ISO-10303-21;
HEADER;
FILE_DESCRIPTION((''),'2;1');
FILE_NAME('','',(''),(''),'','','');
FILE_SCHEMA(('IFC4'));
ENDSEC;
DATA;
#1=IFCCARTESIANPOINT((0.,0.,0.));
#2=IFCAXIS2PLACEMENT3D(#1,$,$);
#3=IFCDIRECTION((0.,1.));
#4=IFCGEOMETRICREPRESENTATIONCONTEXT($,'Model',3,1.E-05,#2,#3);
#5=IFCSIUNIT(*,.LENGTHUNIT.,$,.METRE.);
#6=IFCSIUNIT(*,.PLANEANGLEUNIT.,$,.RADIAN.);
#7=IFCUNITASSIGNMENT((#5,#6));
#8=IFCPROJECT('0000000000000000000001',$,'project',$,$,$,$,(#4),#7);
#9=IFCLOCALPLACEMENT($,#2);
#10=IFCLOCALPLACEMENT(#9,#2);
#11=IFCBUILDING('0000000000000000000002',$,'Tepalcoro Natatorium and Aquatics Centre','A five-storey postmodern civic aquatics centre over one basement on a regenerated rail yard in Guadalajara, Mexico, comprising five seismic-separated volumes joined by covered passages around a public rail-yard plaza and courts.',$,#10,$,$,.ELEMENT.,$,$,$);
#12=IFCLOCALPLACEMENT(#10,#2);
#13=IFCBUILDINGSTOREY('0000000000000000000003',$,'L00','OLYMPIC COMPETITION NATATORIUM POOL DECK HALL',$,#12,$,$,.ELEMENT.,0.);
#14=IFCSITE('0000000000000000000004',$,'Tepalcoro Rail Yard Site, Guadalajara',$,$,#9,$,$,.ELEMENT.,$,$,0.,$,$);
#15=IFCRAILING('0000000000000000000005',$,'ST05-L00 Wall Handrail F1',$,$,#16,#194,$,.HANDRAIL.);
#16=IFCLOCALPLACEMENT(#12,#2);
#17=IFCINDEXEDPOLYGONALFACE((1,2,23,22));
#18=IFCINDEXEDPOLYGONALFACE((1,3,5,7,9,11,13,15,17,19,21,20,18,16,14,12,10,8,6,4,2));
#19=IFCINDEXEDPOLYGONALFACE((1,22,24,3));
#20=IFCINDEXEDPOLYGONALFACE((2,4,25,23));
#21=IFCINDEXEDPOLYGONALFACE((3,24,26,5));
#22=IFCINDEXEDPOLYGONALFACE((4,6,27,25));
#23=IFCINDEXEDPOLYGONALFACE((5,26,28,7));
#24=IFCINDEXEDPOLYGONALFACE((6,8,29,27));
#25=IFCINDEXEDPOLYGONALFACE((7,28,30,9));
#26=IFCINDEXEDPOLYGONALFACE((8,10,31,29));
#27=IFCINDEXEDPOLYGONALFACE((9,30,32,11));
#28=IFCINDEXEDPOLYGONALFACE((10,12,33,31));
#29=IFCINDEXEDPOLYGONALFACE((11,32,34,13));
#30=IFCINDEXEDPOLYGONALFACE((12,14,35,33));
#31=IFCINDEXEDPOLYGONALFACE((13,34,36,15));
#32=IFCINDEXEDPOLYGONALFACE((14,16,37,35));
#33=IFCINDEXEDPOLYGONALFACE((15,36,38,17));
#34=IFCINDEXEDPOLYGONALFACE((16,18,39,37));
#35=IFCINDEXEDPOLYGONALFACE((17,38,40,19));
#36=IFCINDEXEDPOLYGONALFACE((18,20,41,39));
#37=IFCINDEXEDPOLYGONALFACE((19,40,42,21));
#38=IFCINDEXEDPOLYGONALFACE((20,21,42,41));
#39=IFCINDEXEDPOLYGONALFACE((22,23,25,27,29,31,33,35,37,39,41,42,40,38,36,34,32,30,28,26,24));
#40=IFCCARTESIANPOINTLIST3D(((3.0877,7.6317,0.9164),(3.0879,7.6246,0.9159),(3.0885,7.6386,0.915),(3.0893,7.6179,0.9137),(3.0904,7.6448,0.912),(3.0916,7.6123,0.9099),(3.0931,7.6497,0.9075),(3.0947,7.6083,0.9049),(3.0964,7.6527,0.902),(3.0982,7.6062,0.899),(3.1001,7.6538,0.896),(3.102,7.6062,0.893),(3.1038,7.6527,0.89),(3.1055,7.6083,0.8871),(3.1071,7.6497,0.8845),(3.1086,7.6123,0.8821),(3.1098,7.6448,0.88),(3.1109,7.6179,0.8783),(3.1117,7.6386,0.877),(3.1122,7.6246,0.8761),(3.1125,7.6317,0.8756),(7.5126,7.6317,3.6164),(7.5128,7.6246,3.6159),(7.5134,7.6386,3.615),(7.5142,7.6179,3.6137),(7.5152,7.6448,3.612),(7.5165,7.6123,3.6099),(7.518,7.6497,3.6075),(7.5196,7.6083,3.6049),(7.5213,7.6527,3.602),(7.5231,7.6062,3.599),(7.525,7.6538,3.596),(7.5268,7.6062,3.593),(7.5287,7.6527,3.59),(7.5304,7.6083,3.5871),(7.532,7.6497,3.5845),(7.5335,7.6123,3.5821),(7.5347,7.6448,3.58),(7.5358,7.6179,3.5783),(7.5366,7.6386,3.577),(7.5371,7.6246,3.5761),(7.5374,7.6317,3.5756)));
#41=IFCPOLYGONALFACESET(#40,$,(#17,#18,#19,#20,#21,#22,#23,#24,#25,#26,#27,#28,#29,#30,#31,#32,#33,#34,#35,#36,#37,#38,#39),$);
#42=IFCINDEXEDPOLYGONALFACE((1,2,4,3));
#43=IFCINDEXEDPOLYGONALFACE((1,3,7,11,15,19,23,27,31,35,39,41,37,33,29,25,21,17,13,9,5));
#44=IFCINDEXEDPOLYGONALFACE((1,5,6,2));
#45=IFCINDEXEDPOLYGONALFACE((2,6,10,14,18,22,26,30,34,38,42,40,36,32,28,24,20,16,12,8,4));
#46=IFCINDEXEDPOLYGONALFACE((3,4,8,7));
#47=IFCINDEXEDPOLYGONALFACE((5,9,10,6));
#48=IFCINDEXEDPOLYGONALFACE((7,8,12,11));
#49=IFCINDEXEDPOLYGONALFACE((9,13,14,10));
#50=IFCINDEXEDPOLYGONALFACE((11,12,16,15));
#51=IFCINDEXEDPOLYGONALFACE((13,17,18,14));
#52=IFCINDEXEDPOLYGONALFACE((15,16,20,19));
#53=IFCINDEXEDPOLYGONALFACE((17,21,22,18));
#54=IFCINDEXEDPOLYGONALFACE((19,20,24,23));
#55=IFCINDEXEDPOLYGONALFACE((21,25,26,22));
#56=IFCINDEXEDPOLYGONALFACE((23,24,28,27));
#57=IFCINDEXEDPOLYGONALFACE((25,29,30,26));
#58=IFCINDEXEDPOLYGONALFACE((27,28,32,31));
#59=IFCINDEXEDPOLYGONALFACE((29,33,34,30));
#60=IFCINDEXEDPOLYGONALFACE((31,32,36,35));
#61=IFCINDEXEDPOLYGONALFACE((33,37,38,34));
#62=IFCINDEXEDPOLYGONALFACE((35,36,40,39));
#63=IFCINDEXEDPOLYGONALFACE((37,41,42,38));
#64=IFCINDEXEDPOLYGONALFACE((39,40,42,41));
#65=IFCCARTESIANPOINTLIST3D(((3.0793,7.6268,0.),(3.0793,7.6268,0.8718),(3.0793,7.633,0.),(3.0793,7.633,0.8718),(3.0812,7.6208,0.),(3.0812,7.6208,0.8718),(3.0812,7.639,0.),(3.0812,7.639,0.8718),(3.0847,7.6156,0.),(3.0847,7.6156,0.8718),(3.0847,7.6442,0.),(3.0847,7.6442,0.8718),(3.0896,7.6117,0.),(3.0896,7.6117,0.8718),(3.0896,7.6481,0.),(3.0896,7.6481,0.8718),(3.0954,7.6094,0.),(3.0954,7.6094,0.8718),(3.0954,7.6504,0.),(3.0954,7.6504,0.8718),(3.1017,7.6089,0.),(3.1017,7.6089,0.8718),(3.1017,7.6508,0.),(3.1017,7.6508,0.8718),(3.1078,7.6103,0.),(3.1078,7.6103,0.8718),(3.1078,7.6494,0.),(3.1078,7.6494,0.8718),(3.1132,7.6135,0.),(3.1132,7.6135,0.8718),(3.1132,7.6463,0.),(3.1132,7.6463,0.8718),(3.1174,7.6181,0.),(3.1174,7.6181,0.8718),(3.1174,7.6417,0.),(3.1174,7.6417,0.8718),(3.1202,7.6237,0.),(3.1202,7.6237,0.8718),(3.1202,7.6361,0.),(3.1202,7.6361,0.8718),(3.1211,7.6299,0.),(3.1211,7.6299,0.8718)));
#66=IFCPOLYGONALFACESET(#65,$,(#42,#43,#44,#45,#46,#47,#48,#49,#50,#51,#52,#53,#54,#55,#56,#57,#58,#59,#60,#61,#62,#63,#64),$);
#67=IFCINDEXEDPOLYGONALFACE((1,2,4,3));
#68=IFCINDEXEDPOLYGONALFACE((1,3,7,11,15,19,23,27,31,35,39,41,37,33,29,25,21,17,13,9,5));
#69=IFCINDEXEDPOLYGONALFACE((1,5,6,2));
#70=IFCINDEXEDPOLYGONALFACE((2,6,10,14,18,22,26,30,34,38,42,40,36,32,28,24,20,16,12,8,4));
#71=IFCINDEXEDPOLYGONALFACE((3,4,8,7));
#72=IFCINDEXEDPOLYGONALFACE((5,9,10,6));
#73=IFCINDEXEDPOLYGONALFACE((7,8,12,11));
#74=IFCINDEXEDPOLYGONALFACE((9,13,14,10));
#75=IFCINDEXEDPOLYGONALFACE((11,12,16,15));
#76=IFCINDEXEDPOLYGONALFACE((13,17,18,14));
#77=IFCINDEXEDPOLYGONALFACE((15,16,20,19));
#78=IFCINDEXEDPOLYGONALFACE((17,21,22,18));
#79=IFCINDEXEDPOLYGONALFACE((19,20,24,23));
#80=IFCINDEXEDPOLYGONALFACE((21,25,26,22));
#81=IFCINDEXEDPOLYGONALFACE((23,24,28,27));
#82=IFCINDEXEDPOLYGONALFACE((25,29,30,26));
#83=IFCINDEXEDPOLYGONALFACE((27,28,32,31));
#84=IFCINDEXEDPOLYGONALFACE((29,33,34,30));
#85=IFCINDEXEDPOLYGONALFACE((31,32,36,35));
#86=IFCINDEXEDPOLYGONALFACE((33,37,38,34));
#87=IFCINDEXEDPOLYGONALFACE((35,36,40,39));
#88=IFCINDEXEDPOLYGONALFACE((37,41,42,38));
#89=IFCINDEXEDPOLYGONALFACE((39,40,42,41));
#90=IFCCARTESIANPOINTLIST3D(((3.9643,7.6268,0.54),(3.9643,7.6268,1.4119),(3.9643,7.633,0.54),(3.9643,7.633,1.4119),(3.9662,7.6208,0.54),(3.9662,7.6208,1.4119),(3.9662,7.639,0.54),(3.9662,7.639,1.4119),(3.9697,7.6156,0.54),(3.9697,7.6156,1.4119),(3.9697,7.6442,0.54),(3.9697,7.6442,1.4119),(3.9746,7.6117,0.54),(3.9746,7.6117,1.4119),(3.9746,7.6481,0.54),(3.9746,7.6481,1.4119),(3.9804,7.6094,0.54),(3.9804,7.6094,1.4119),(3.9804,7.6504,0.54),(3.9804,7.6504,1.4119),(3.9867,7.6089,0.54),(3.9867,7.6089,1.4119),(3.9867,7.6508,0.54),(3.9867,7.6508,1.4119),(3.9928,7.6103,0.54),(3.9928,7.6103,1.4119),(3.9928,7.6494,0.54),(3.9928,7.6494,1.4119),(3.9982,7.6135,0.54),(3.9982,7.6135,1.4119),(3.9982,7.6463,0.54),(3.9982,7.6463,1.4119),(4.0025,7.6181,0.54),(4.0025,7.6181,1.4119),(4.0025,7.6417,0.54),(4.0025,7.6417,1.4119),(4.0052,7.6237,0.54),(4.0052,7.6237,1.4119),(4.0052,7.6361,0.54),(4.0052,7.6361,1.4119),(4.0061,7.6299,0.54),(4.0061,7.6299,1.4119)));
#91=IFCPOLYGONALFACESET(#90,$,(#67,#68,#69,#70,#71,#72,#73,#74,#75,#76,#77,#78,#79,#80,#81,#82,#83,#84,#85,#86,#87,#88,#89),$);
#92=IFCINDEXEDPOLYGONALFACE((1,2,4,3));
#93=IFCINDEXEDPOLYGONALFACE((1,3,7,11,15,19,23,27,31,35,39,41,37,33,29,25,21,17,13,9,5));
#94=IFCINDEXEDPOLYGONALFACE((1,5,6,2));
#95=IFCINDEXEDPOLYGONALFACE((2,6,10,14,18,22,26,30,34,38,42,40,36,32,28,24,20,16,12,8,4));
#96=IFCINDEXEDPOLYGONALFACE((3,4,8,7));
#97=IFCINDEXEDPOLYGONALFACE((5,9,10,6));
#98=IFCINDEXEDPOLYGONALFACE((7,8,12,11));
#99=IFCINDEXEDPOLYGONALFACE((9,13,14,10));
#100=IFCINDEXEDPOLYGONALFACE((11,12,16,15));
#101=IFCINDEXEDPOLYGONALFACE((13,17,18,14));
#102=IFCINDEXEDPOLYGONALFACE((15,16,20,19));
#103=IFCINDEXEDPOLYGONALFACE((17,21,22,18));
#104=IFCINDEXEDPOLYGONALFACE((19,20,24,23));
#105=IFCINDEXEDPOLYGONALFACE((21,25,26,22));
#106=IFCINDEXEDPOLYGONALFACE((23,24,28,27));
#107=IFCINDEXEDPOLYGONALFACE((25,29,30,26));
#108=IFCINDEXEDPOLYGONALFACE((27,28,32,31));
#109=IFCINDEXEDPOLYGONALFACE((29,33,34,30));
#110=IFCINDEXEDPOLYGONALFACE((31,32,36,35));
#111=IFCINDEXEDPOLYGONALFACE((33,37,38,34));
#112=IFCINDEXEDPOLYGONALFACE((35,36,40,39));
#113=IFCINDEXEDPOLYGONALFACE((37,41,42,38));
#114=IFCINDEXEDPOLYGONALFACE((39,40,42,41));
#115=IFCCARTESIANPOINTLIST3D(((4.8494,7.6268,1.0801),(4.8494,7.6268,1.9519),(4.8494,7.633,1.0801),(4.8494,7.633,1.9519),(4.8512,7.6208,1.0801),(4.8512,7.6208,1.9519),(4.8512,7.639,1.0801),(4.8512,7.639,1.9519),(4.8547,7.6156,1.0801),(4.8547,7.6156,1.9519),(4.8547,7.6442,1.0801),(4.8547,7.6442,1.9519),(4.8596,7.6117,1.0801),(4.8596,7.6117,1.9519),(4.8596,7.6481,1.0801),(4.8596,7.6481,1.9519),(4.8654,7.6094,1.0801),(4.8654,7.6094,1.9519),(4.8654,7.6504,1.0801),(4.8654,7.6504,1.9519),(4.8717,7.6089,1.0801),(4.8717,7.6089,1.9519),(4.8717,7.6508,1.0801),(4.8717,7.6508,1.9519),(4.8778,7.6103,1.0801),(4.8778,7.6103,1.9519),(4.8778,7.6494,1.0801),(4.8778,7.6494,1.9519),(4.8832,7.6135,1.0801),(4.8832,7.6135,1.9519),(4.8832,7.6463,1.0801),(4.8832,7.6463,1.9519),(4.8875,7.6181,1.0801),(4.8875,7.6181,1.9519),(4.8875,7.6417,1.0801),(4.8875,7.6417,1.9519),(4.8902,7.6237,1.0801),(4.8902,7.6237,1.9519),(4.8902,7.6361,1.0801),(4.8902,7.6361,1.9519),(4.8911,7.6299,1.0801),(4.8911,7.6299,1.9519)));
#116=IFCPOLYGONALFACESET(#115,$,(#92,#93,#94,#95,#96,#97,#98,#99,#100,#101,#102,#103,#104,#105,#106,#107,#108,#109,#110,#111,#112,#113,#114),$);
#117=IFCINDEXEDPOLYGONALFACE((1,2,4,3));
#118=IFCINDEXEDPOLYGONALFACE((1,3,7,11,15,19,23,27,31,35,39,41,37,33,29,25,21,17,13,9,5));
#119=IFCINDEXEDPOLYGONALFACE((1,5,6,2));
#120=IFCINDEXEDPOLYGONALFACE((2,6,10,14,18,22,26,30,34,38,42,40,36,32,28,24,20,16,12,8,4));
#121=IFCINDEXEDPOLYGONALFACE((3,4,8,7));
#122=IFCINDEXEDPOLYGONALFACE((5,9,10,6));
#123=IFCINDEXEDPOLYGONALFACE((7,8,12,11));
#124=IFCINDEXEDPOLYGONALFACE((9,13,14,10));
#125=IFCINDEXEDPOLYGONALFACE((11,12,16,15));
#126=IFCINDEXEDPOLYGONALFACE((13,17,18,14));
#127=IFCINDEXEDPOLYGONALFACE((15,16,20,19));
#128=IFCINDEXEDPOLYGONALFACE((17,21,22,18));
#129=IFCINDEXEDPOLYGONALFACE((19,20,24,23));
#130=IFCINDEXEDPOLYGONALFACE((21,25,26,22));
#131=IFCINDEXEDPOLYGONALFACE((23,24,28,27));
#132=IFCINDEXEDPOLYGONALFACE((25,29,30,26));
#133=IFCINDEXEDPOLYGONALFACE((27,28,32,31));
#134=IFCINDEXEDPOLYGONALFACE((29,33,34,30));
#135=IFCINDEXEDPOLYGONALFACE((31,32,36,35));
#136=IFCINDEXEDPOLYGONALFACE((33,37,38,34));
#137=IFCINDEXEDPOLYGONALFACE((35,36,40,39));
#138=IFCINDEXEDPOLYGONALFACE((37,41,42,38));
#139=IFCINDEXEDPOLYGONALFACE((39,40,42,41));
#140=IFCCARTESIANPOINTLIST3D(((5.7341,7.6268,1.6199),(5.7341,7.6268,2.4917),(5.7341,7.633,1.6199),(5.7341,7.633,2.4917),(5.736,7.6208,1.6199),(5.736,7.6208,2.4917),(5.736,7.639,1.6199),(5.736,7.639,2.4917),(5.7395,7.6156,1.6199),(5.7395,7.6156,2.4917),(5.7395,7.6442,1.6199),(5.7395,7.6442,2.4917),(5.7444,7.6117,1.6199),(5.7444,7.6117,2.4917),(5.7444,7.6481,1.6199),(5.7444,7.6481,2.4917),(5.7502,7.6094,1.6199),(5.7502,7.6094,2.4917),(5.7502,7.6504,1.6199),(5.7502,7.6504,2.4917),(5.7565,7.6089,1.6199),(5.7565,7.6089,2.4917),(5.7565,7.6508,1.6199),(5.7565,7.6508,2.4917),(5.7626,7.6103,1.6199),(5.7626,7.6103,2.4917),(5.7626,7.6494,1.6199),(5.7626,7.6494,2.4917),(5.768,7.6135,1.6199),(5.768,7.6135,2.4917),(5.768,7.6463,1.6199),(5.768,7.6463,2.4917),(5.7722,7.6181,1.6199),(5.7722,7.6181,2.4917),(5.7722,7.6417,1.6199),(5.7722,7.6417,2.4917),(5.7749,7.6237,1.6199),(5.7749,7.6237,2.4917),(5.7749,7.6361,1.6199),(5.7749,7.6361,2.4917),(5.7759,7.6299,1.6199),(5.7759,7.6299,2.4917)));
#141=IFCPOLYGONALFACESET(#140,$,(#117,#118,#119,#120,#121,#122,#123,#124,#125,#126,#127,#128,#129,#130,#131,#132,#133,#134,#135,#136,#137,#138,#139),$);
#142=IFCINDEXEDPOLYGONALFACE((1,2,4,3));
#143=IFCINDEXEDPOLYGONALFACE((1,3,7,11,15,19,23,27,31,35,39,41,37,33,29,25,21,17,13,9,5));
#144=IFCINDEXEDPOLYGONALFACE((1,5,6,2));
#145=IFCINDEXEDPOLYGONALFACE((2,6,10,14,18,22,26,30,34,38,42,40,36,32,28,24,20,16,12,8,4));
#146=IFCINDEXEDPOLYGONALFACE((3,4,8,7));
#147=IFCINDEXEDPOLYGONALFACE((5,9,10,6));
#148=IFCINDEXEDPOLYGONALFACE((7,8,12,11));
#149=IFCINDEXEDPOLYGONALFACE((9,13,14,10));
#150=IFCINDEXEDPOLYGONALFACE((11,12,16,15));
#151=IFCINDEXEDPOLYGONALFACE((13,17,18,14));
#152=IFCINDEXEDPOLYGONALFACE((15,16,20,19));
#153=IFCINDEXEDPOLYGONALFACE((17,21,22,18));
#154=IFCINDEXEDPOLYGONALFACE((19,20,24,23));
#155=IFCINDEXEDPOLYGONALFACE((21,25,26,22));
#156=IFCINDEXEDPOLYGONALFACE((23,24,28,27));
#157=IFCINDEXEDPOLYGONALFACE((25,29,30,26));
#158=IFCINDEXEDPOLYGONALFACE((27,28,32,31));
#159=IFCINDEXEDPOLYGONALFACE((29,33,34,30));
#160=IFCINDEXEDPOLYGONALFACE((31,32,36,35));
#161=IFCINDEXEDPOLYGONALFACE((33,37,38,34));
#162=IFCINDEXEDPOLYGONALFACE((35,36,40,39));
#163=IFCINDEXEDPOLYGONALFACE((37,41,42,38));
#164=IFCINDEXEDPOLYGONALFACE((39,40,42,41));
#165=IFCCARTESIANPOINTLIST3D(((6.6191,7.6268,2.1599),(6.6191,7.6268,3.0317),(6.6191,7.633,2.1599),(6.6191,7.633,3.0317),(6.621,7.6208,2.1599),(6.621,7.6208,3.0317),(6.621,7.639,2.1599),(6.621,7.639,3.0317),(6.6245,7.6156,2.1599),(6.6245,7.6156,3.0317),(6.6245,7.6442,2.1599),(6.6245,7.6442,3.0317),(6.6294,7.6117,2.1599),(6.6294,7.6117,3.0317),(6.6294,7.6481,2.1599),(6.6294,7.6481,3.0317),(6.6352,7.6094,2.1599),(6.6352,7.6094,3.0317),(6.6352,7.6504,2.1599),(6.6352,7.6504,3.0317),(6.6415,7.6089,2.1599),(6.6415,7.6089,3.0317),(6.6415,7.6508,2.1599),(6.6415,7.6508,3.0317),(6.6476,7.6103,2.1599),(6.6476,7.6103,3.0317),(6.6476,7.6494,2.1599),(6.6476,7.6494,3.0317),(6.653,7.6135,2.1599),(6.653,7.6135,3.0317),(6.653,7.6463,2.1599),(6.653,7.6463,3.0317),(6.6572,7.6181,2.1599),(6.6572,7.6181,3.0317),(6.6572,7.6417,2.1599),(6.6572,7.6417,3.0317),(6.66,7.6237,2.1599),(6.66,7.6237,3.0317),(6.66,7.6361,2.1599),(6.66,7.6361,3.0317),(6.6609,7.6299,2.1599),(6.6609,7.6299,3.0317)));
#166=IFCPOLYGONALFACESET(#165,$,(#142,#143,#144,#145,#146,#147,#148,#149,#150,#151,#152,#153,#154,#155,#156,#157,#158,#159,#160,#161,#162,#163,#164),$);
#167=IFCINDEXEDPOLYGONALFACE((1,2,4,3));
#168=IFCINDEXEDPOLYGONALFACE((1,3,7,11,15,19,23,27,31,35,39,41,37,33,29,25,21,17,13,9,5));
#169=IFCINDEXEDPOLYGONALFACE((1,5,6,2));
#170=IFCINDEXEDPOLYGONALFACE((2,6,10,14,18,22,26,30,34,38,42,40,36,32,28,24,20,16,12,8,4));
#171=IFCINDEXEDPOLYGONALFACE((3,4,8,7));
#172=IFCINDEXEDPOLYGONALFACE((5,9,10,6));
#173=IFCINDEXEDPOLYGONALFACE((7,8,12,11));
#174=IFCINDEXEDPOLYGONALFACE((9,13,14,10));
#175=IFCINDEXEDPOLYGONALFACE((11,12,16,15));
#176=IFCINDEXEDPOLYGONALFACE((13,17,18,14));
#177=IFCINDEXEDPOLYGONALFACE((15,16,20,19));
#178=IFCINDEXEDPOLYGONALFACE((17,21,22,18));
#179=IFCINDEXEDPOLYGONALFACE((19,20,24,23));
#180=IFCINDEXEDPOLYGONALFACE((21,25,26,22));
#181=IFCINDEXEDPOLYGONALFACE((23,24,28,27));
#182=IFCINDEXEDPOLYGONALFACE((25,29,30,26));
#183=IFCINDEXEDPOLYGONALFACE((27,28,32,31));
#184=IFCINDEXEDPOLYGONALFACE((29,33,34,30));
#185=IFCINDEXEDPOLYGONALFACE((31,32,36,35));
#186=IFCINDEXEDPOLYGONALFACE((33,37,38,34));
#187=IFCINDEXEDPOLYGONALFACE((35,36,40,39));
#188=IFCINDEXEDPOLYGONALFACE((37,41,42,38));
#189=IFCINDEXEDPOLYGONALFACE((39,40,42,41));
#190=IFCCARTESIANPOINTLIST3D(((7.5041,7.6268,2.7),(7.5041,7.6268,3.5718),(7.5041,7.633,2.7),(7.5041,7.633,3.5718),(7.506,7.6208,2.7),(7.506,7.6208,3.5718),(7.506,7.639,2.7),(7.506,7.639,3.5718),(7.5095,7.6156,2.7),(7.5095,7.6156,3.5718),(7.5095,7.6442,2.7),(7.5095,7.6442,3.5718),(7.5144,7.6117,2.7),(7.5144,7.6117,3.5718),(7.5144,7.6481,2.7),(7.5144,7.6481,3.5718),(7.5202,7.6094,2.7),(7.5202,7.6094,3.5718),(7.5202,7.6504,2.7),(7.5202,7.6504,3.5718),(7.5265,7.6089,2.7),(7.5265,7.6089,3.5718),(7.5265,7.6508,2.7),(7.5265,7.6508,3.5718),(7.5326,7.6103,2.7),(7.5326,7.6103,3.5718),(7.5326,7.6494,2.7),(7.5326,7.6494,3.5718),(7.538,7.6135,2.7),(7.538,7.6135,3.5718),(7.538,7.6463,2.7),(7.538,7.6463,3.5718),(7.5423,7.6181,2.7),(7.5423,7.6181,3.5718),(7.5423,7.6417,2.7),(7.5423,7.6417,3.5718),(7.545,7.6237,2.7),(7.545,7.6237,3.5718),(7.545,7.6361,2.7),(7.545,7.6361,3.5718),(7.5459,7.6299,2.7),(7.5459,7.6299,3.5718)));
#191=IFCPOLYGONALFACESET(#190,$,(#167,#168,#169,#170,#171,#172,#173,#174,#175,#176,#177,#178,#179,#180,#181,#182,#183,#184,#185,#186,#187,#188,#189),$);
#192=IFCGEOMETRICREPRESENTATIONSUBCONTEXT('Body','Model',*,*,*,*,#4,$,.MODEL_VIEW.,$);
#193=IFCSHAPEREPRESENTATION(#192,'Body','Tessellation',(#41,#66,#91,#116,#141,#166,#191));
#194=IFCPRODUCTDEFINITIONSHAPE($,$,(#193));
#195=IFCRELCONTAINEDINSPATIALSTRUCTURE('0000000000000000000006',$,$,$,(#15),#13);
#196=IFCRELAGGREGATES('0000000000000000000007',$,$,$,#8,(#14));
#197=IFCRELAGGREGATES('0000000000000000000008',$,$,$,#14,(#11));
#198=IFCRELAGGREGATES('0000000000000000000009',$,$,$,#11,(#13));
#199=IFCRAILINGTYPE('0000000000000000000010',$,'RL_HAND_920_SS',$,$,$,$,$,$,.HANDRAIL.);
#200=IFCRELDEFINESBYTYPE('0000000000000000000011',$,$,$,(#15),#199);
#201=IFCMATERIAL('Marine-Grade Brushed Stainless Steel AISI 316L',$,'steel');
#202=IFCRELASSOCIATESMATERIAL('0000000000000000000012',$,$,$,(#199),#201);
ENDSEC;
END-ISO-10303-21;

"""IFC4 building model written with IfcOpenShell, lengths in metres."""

from ifc_helpers import new_model, si_unit, direction, frame, origin, origin_2d, place, context, subcontext, project, spatial, circle, extrude, material, type_object, element, save


model = new_model("IFC4")

# Units and contexts
model_context = context("Model", 3, precision=1e-05, world=origin(), true_north=direction((0.0, 1.0)))
body_context = subcontext(model_context, "Body", "Model", "MODEL_VIEW")
ifc_project = project(units=[si_unit("LENGTHUNIT", "METRE"), si_unit("PLANEANGLEUNIT", "RADIAN")], contexts=[model_context])

# Site, building, storey
site_placement = place(None, origin())
site = spatial("IfcSite", under=ifc_project, at=site_placement, Name="Tepalcoro Rail Yard Site, Guadalajara", CompositionType="ELEMENT", RefElevation=0.0)
building_placement = place(site_placement, origin())
building = spatial("IfcBuilding", under=site, at=building_placement, Name="Tepalcoro Natatorium and Aquatics Centre", Description="A five-storey postmodern civic aquatics centre over one basement on a regenerated rail yard in Guadalajara, Mexico, comprising five seismic-separated volumes joined by covered passages around a public rail-yard plaza and courts.", CompositionType="ELEMENT")
storey_placement = place(building_placement, origin())
storey = spatial("IfcBuildingStorey", under=building, at=storey_placement, Name="L00", Description="OLYMPIC COMPETITION NATATORIUM POOL DECK HALL", CompositionType="ELEMENT", Elevation=0.0)

# Railing
ifc_material_1 = material(Name="Marine-Grade Brushed Stainless Steel AISI 316L", Category="steel")
railing_type_1 = type_object("IfcRailingType", Name="RL_HAND_920_SS", PredefinedType="HANDRAIL", material=ifc_material_1)
railing_1_placement = place(storey_placement, frame((3.1001, 7.6299, 0.0)))
element("IfcRailing", 1, at=railing_1_placement, inside=storey, type_object=railing_type_1, Name="ST05-L00 Wall Handrail F1", PredefinedType="HANDRAIL", context=body_context, shape_type="SweptSolid", body=[
    extrude(circle(Radius=0.0239, at=origin_2d()), frame((0.0, 0.0, 0.896), z_axis=(0.853633, 0.0, 0.520875), x_axis=(0.0, 1.0, 0.0)), (0.0, 0.0, 1.0), 5.1836),
    extrude(circle(Radius=0.021, at=origin_2d()), origin(), (0.0, 0.0, 1.0), 0.8718),
    extrude(circle(Radius=0.021, at=origin_2d()), frame((0.885, 0.0, 0.54)), (0.0, 0.0, 1.0), 0.8718),
    extrude(circle(Radius=0.021, at=origin_2d()), frame((1.77, 0.0, 1.0801)), (0.0, 0.0, 1.0), 0.8718),
    extrude(circle(Radius=0.021, at=origin_2d()), frame((2.6548, 0.0, 1.6199)), (0.0, 0.0, 1.0), 0.8718),
    extrude(circle(Radius=0.021, at=origin_2d()), frame((3.5398, 0.0, 2.1599)), (0.0, 0.0, 1.0), 0.8718),
    extrude(circle(Radius=0.021, at=origin_2d()), frame((4.4248, 0.0, 2.7)), (0.0, 0.0, 1.0), 0.8718),
])

save(model, "model.ifc")
